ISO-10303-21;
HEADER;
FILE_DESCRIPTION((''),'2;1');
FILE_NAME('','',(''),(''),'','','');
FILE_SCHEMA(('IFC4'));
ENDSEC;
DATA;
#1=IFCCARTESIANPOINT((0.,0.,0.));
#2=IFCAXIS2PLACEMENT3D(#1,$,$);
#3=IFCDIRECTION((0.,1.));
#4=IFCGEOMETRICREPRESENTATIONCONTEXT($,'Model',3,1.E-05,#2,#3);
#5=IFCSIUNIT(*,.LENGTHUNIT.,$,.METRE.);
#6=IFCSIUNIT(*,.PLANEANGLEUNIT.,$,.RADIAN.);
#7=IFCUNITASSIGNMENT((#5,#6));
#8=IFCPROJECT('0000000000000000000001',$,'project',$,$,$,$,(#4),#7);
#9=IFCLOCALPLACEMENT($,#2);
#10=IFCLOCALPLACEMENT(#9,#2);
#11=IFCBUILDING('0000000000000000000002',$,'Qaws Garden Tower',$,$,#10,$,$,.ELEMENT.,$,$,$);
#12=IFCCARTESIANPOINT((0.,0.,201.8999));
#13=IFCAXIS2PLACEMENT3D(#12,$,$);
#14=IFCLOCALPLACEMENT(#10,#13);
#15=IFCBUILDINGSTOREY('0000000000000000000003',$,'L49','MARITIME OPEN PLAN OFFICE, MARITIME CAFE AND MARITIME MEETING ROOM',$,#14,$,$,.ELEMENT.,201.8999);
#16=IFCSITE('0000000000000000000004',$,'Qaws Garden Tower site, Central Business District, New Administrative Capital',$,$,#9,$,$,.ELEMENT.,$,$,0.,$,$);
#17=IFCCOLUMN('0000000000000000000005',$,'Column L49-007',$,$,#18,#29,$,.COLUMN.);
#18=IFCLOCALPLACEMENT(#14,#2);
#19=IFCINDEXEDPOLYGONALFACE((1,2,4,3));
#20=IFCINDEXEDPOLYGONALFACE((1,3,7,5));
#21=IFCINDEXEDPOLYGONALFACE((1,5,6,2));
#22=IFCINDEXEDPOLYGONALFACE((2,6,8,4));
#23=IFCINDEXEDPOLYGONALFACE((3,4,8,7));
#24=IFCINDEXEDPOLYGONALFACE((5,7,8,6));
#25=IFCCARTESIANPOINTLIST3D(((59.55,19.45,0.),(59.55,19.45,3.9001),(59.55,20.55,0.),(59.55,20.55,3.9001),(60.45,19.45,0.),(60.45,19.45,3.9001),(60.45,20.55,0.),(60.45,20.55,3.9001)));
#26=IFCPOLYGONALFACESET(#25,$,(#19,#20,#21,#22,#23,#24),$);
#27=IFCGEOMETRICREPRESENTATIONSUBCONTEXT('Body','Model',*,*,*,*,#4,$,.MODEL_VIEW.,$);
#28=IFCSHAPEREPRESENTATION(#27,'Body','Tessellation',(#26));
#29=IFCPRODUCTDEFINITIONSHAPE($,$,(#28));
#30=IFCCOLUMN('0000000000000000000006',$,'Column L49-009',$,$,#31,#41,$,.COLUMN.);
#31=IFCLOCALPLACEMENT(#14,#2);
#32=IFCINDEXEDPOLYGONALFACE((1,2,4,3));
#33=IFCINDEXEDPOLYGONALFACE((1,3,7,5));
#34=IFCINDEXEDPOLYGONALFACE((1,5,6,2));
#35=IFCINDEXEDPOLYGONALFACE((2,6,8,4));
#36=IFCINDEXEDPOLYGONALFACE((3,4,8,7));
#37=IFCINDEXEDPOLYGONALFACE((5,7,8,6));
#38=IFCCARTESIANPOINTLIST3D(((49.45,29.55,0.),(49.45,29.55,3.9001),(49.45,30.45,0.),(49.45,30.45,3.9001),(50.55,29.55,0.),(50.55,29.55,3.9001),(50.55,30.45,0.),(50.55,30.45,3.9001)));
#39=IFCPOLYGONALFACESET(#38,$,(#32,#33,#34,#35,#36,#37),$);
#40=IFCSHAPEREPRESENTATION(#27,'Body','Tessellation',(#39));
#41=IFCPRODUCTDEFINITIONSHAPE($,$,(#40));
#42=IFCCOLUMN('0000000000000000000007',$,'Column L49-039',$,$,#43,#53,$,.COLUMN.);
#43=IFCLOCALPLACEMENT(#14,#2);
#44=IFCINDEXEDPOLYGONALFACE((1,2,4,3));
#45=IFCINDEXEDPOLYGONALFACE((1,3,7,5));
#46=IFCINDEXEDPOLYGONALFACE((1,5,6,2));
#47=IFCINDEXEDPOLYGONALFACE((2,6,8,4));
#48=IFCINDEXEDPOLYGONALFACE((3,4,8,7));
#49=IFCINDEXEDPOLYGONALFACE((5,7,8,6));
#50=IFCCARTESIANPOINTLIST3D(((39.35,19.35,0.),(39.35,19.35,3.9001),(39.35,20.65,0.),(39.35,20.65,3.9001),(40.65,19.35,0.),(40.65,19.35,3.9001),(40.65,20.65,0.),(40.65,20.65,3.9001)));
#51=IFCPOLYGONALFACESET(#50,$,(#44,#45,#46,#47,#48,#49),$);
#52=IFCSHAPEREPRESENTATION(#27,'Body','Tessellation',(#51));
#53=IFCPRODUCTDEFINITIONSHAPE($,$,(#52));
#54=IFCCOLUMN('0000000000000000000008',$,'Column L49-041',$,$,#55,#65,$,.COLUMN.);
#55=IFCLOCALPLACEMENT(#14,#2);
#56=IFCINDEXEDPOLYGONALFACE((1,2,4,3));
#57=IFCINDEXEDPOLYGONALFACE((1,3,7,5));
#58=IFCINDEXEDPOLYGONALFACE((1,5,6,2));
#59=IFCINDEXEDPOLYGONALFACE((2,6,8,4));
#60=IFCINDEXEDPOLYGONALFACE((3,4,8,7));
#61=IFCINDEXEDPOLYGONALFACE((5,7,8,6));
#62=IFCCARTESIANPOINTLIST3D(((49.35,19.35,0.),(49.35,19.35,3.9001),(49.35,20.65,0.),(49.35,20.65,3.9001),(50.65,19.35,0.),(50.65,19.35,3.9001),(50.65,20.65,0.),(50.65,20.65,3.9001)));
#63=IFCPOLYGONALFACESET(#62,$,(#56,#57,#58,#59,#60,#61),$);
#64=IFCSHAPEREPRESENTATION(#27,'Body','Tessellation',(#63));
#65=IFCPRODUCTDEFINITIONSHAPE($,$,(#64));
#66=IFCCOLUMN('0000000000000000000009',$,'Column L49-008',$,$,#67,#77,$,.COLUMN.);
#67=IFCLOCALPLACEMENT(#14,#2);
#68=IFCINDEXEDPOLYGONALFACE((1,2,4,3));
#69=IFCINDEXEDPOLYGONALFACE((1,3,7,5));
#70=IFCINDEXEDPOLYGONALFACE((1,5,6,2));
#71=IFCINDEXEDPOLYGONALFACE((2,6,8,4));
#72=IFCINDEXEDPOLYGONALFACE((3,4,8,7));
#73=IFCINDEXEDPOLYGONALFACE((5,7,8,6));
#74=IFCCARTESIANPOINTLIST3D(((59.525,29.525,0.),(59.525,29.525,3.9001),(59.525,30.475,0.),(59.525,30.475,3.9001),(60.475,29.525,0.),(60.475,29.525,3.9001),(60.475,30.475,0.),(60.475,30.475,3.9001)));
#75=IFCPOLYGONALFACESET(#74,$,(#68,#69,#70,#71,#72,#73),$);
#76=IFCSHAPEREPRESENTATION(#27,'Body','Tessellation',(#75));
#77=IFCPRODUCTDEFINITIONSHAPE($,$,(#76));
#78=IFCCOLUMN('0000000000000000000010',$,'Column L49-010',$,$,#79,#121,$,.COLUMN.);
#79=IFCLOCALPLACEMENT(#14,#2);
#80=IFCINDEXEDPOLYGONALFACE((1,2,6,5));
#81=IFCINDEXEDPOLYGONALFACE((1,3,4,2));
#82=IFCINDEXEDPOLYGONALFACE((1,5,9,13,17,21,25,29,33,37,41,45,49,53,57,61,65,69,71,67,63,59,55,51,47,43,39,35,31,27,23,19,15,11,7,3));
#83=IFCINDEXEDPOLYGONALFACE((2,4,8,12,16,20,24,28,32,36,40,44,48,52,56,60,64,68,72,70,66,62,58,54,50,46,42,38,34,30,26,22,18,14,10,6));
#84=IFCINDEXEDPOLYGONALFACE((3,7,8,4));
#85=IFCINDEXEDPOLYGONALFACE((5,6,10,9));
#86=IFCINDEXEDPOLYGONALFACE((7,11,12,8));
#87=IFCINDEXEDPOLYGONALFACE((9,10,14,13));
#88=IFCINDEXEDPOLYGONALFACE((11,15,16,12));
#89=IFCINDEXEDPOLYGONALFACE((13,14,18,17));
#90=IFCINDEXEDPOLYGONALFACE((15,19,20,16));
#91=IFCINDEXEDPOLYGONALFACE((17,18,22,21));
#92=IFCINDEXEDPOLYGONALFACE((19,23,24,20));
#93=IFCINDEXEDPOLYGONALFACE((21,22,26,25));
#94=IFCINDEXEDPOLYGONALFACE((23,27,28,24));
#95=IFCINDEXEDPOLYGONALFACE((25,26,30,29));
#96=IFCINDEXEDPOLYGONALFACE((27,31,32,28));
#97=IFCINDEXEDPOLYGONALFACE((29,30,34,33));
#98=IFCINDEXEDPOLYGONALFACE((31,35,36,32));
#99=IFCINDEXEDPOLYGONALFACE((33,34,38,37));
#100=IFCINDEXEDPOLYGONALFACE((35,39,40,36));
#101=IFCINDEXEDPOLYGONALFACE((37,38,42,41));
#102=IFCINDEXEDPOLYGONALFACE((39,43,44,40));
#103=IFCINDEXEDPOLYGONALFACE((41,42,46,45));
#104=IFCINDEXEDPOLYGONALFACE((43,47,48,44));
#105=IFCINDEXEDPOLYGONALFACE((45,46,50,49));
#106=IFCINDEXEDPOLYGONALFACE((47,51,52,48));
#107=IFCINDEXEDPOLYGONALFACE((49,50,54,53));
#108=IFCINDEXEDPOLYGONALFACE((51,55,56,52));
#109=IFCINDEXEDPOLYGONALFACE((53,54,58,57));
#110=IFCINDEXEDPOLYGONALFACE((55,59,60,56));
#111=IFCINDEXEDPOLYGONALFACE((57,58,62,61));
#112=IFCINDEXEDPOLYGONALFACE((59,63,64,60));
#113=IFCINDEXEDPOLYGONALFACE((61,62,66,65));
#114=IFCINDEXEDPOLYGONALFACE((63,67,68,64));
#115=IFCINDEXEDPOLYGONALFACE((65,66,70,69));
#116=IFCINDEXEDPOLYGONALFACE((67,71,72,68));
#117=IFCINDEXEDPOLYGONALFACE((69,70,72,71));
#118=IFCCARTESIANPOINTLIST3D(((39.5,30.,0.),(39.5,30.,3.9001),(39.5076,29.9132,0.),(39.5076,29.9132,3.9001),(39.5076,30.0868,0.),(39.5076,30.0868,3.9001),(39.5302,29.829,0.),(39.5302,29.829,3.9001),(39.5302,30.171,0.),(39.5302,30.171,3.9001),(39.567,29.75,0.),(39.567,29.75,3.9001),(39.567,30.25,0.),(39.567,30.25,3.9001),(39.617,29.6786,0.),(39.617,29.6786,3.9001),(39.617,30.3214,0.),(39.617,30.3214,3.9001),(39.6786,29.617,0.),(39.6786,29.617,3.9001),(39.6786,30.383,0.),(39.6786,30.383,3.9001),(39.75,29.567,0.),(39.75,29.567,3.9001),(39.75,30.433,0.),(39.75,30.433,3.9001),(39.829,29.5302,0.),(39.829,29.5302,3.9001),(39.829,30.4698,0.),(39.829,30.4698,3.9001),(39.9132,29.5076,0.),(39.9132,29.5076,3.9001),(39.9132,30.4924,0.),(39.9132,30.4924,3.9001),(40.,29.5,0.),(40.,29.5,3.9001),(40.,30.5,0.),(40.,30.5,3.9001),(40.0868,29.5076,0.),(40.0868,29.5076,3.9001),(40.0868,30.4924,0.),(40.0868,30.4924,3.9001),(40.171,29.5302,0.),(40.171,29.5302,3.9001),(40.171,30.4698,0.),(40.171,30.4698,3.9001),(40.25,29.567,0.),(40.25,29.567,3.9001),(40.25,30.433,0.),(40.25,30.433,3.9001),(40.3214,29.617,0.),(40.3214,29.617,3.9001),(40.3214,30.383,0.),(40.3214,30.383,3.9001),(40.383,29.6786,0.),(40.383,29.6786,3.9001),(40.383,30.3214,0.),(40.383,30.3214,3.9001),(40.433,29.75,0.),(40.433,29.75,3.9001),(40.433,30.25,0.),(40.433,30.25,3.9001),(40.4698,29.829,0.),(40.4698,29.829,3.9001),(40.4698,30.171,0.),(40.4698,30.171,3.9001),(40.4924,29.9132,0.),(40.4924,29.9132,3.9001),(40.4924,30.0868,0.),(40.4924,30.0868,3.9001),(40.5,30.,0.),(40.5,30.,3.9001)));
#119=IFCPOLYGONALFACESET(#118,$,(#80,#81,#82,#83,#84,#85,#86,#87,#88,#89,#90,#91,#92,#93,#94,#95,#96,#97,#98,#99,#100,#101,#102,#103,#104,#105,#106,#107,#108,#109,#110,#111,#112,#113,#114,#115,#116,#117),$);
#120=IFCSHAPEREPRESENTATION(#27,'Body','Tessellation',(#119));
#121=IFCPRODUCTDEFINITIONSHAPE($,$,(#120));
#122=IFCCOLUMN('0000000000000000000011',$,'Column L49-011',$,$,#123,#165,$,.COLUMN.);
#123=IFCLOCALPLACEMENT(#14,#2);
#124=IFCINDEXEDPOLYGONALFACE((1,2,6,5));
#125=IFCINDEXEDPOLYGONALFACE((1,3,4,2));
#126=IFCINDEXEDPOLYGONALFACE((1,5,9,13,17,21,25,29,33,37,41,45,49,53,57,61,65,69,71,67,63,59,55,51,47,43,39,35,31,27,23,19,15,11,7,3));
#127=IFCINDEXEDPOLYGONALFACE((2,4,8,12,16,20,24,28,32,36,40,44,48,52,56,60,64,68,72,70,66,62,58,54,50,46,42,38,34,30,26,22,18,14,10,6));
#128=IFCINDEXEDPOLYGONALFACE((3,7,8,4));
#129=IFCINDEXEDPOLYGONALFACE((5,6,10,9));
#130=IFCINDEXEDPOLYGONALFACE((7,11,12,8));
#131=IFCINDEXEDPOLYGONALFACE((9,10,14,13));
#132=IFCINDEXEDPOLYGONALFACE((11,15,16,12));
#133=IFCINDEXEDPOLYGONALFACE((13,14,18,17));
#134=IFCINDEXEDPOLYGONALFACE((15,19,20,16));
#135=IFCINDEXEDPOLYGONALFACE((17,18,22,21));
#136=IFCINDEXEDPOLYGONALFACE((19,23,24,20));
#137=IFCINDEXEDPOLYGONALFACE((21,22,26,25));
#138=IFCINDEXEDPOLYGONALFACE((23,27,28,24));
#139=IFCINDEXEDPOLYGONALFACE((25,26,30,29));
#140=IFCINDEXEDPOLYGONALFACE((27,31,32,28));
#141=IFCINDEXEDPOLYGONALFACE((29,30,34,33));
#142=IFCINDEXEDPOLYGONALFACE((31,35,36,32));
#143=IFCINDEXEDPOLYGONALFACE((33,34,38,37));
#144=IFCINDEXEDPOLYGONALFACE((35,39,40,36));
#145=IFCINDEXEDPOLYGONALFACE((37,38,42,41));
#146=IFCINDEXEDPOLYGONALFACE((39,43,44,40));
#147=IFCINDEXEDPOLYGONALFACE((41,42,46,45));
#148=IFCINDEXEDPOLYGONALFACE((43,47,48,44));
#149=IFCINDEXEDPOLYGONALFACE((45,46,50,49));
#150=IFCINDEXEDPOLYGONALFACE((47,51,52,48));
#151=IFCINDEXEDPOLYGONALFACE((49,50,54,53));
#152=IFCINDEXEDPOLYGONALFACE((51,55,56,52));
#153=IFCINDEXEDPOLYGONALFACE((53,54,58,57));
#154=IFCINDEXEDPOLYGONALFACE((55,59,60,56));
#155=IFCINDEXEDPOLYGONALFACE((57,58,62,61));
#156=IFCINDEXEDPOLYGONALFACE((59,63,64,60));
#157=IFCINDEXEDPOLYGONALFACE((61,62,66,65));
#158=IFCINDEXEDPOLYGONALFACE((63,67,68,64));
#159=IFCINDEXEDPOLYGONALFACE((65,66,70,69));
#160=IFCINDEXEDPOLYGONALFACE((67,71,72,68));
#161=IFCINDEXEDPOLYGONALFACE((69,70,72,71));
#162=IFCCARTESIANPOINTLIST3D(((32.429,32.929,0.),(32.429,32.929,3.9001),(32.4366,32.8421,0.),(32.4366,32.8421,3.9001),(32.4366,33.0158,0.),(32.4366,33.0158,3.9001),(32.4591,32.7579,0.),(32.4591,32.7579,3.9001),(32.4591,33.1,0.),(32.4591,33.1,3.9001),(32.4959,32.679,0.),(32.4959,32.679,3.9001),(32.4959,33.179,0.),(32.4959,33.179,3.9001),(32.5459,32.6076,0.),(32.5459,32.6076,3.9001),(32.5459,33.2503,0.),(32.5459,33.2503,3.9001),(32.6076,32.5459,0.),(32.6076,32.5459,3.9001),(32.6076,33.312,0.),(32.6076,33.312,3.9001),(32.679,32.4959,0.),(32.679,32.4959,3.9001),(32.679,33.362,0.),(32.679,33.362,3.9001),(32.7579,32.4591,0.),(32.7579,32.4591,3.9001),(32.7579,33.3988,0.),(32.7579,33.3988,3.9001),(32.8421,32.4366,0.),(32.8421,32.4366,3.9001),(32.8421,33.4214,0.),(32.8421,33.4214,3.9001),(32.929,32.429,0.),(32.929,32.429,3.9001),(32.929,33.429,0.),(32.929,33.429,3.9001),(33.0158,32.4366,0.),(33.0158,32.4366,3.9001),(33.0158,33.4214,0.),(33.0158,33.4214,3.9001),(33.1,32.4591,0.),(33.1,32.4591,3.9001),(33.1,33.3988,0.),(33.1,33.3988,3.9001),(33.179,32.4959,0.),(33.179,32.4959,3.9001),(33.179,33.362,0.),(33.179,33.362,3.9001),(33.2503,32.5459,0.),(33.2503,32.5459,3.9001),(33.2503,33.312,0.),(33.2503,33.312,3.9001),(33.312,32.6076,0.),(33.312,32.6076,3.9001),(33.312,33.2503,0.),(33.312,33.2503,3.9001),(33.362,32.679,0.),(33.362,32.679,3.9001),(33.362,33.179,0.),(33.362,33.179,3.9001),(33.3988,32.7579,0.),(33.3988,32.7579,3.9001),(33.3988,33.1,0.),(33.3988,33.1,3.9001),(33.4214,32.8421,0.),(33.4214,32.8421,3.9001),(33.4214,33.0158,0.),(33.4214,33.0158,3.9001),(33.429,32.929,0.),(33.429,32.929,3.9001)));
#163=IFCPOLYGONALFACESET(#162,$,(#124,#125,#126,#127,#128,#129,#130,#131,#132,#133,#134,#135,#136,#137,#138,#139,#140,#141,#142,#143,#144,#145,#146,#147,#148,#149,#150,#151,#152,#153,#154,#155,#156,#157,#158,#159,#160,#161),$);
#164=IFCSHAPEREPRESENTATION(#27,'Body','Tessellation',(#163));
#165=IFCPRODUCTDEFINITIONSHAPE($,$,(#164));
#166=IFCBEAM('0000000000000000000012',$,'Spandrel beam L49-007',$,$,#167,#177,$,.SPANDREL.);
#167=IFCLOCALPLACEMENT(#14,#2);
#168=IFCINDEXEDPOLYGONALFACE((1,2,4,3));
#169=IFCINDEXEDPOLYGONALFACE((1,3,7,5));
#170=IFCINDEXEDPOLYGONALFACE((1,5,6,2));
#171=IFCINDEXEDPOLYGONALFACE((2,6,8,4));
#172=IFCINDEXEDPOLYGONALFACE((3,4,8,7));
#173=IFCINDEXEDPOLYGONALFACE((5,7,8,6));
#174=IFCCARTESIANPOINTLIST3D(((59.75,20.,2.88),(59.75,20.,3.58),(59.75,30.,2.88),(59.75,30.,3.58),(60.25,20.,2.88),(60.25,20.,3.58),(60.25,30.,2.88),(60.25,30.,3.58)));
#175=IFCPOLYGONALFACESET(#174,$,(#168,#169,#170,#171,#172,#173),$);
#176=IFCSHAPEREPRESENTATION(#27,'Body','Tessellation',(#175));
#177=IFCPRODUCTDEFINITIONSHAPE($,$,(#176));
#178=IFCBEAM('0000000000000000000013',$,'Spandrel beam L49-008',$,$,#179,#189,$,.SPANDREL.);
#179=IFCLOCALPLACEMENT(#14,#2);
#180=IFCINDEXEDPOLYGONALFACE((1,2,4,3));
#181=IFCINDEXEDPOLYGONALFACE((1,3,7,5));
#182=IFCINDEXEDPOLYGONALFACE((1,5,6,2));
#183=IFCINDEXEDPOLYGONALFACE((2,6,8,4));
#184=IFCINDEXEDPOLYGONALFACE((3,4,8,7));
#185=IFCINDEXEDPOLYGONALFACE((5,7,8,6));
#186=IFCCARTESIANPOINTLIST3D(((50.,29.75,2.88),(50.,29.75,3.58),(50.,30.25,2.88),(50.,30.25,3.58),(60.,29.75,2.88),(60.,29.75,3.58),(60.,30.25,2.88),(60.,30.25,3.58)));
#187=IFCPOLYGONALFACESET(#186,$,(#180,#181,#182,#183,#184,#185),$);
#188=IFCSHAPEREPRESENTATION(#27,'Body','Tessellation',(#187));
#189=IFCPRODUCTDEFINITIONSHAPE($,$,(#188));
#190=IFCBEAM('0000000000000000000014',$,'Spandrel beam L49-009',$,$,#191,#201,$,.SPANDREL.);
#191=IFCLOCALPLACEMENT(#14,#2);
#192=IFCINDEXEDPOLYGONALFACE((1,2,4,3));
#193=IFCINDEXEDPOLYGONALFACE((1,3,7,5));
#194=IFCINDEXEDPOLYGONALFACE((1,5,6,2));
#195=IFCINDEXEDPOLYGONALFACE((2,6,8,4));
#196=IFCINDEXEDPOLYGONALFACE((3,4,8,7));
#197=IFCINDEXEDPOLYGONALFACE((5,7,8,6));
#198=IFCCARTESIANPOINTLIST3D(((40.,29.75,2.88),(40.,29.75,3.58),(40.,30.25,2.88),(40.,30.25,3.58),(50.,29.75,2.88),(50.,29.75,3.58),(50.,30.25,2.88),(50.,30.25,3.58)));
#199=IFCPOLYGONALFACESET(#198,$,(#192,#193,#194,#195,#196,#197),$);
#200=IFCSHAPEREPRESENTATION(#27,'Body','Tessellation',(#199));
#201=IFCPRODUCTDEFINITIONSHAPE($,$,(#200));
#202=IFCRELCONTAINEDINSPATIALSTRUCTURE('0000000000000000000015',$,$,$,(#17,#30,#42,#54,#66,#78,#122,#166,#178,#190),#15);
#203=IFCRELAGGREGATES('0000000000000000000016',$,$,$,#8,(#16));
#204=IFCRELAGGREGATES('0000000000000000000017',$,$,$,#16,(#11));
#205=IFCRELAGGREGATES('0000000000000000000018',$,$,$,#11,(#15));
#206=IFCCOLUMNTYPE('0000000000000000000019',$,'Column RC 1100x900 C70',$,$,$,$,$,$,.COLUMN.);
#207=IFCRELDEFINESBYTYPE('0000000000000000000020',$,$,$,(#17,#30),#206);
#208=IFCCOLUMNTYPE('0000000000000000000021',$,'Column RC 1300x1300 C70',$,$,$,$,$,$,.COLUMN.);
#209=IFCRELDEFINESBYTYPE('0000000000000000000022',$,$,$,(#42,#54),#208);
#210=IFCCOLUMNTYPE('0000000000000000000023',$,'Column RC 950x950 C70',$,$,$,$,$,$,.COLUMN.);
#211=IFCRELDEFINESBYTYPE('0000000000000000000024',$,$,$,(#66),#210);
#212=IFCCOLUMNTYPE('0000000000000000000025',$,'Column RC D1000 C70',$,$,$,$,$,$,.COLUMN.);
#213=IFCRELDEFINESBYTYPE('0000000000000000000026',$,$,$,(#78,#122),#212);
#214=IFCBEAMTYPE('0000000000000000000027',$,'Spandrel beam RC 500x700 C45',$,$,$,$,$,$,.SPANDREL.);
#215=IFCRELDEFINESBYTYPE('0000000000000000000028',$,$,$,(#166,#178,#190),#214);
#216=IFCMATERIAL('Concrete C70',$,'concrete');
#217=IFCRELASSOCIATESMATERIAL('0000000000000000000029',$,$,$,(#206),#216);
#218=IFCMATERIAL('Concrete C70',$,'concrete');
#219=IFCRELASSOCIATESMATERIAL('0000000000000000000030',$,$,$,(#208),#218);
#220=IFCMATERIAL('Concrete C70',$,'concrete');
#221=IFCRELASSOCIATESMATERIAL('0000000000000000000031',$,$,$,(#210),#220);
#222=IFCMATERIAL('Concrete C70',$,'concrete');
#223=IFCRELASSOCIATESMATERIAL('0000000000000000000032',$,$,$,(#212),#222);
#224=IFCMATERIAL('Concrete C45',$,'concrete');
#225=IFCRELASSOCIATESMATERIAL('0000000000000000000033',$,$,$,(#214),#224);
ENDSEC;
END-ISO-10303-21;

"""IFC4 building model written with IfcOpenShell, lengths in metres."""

from ifc_helpers import new_model, si_unit, direction, frame, origin, origin_2d, place, context, subcontext, project, spatial, rectangle, circle, extrude, material, material_profile, profile_set, type_object, element, save


model = new_model("IFC4")

# Units and contexts
model_context = context("Model", 3, precision=1e-05, world=origin(), true_north=direction((0.0, 1.0)))
body_context = subcontext(model_context, "Body", "Model", "MODEL_VIEW")
ifc_project = project(units=[si_unit("LENGTHUNIT", "METRE"), si_unit("PLANEANGLEUNIT", "RADIAN")], contexts=[model_context])

# Site, building, storey
site_placement = place(None, origin())
site = spatial("IfcSite", under=ifc_project, at=site_placement, Name="Qaws Garden Tower site, Central Business District, New Administrative Capital", CompositionType="ELEMENT", RefElevation=0.0)
building_placement = place(site_placement, origin())
building = spatial("IfcBuilding", under=site, at=building_placement, Name="Qaws Garden Tower", CompositionType="ELEMENT")
storey_placement = place(building_placement, frame((0.0, 0.0, 201.8999)))
storey = spatial("IfcBuildingStorey", under=building, at=storey_placement, Name="L49", Description="MARITIME OPEN PLAN OFFICE, MARITIME CAFE AND MARITIME MEETING ROOM", CompositionType="ELEMENT", Elevation=201.8999)

# Columns
ifc_material_1 = material(Name="Concrete C70", Category="concrete")
ifc_material_profile_1 = material_profile(ifc_material_1, rectangle(XDim=1.1001, YDim=0.8999, at=origin_2d()), Name="RC 1100x900")
ifc_profile_set_1 = profile_set([ifc_material_profile_1], Name="Concrete C70")
column_type_1 = type_object("IfcColumnType", Name="Column RC 1100x900 C70", PredefinedType="COLUMN", material=ifc_profile_set_1)
for number, where, z_axis, x_axis, name in (
    (1, (60.0, 20.0, 0.0), (0.0, 0.0, 1.0), (0.0, 1.0, 0.0), "Column L49-007"),
    (2, (50.0, 30.0, 0.0), (0.0, 0.0, 1.0), (1.0, 0.0, 0.0), "Column L49-009"),
):
    element("IfcColumn", number, at=place(storey_placement, frame(where, z_axis=z_axis, x_axis=x_axis)), inside=storey, type_object=column_type_1, Name=name, PredefinedType="COLUMN", context=body_context, shape_type="SweptSolid", body=[
        extrude(rectangle(XDim=1.1001, YDim=0.8999, at=origin_2d()), origin(), (0.0, 0.0, 1.0), 3.9001),
    ])
ifc_material_2 = material(Name="Concrete C70", Category="concrete")
ifc_material_profile_2 = material_profile(ifc_material_2, rectangle(XDim=1.3, YDim=1.3, at=origin_2d()), Name="RC 1300x1300")
ifc_profile_set_2 = profile_set([ifc_material_profile_2], Name="Concrete C70")
column_type_2 = type_object("IfcColumnType", Name="Column RC 1300x1300 C70", PredefinedType="COLUMN", material=ifc_profile_set_2)
for number, where, z_axis, x_axis, name in (
    (3, (40.0, 20.0, 0.0), (0.0, 0.0, 1.0), (1.0, 0.0, 0.0), "Column L49-039"),
    (4, (50.0, 20.0, 0.0), (0.0, 0.0, 1.0), (1.0, 0.0, 0.0), "Column L49-041"),
):
    element("IfcColumn", number, at=place(storey_placement, frame(where, z_axis=z_axis, x_axis=x_axis)), inside=storey, type_object=column_type_2, Name=name, PredefinedType="COLUMN", context=body_context, shape_type="SweptSolid", body=[
        extrude(rectangle(XDim=1.3, YDim=1.3, at=origin_2d()), origin(), (0.0, 0.0, 1.0), 3.9001),
    ])
ifc_material_3 = material(Name="Concrete C70", Category="concrete")
ifc_material_profile_3 = material_profile(ifc_material_3, rectangle(XDim=0.95, YDim=0.95, at=origin_2d()), Name="RC 950x950")
ifc_profile_set_3 = profile_set([ifc_material_profile_3], Name="Concrete C70")
column_type_3 = type_object("IfcColumnType", Name="Column RC 950x950 C70", PredefinedType="COLUMN", material=ifc_profile_set_3)
column_placement = place(storey_placement, frame((60.0, 30.0, 0.0), z_axis=(0.0, 0.0, 1.0), x_axis=(1.0, 0.0, 0.0)))
element("IfcColumn", 5, at=column_placement, inside=storey, type_object=column_type_3, Name="Column L49-008", PredefinedType="COLUMN", context=body_context, shape_type="SweptSolid", body=[
    extrude(rectangle(XDim=0.95, YDim=0.95, at=origin_2d()), origin(), (0.0, 0.0, 1.0), 3.9001),
])
ifc_material_4 = material(Name="Concrete C70", Category="concrete")
ifc_material_profile_4 = material_profile(ifc_material_4, circle(Radius=0.5, at=origin_2d()), Name="RC D1000")
ifc_profile_set_4 = profile_set([ifc_material_profile_4], Name="Concrete C70")
column_type_4 = type_object("IfcColumnType", Name="Column RC D1000 C70", PredefinedType="COLUMN", material=ifc_profile_set_4)
for number, where, z_axis, x_axis, name in (
    (6, (40.0, 30.0, 0.0), (0.0, 0.0, 1.0), (1.0, 0.0, 0.0), "Column L49-010"),
    (7, (32.929, 32.929, 0.0), (0.0, 0.0, 1.0), (1.0, 0.0, 0.0), "Column L49-011"),
):
    element("IfcColumn", number, at=place(storey_placement, frame(where, z_axis=z_axis, x_axis=x_axis)), inside=storey, type_object=column_type_4, Name=name, PredefinedType="COLUMN", context=body_context, shape_type="SweptSolid", body=[
        extrude(circle(Radius=0.5, at=origin_2d()), origin(), (0.0, 0.0, 1.0), 3.9001),
    ])

# Beams
ifc_material_5 = material(Name="Concrete C45", Category="concrete")
ifc_material_profile_5 = material_profile(ifc_material_5, rectangle(XDim=0.5, YDim=0.7, at=origin_2d()), Name="RC 500x700")
ifc_profile_set_5 = profile_set([ifc_material_profile_5], Name="Concrete C45")
beam_type = type_object("IfcBeamType", Name="Spandrel beam RC 500x700 C45", PredefinedType="SPANDREL", material=ifc_profile_set_5)
for number, where, z_axis, x_axis, name in (
    (8, (60.0, 20.0, 3.23), (0.0, 1.0, 0.0), (-1.0, 0.0, 0.0), "Spandrel beam L49-007"),
    (9, (60.0, 30.0, 3.23), (-1.0, 0.0, 0.0), (0.0, -1.0, 0.0), "Spandrel beam L49-008"),
    (10, (50.0, 30.0, 3.23), (-1.0, 0.0, 0.0), (0.0, -1.0, 0.0), "Spandrel beam L49-009"),
):
    element("IfcBeam", number, at=place(storey_placement, frame(where, z_axis=z_axis, x_axis=x_axis)), inside=storey, type_object=beam_type, Name=name, PredefinedType="SPANDREL", context=body_context, shape_type="SweptSolid", body=[
        extrude(rectangle(XDim=0.5, YDim=0.7, at=origin_2d()), origin(), (0.0, 0.0, 1.0), 10.0),
    ])

save(model, "model.ifc")
